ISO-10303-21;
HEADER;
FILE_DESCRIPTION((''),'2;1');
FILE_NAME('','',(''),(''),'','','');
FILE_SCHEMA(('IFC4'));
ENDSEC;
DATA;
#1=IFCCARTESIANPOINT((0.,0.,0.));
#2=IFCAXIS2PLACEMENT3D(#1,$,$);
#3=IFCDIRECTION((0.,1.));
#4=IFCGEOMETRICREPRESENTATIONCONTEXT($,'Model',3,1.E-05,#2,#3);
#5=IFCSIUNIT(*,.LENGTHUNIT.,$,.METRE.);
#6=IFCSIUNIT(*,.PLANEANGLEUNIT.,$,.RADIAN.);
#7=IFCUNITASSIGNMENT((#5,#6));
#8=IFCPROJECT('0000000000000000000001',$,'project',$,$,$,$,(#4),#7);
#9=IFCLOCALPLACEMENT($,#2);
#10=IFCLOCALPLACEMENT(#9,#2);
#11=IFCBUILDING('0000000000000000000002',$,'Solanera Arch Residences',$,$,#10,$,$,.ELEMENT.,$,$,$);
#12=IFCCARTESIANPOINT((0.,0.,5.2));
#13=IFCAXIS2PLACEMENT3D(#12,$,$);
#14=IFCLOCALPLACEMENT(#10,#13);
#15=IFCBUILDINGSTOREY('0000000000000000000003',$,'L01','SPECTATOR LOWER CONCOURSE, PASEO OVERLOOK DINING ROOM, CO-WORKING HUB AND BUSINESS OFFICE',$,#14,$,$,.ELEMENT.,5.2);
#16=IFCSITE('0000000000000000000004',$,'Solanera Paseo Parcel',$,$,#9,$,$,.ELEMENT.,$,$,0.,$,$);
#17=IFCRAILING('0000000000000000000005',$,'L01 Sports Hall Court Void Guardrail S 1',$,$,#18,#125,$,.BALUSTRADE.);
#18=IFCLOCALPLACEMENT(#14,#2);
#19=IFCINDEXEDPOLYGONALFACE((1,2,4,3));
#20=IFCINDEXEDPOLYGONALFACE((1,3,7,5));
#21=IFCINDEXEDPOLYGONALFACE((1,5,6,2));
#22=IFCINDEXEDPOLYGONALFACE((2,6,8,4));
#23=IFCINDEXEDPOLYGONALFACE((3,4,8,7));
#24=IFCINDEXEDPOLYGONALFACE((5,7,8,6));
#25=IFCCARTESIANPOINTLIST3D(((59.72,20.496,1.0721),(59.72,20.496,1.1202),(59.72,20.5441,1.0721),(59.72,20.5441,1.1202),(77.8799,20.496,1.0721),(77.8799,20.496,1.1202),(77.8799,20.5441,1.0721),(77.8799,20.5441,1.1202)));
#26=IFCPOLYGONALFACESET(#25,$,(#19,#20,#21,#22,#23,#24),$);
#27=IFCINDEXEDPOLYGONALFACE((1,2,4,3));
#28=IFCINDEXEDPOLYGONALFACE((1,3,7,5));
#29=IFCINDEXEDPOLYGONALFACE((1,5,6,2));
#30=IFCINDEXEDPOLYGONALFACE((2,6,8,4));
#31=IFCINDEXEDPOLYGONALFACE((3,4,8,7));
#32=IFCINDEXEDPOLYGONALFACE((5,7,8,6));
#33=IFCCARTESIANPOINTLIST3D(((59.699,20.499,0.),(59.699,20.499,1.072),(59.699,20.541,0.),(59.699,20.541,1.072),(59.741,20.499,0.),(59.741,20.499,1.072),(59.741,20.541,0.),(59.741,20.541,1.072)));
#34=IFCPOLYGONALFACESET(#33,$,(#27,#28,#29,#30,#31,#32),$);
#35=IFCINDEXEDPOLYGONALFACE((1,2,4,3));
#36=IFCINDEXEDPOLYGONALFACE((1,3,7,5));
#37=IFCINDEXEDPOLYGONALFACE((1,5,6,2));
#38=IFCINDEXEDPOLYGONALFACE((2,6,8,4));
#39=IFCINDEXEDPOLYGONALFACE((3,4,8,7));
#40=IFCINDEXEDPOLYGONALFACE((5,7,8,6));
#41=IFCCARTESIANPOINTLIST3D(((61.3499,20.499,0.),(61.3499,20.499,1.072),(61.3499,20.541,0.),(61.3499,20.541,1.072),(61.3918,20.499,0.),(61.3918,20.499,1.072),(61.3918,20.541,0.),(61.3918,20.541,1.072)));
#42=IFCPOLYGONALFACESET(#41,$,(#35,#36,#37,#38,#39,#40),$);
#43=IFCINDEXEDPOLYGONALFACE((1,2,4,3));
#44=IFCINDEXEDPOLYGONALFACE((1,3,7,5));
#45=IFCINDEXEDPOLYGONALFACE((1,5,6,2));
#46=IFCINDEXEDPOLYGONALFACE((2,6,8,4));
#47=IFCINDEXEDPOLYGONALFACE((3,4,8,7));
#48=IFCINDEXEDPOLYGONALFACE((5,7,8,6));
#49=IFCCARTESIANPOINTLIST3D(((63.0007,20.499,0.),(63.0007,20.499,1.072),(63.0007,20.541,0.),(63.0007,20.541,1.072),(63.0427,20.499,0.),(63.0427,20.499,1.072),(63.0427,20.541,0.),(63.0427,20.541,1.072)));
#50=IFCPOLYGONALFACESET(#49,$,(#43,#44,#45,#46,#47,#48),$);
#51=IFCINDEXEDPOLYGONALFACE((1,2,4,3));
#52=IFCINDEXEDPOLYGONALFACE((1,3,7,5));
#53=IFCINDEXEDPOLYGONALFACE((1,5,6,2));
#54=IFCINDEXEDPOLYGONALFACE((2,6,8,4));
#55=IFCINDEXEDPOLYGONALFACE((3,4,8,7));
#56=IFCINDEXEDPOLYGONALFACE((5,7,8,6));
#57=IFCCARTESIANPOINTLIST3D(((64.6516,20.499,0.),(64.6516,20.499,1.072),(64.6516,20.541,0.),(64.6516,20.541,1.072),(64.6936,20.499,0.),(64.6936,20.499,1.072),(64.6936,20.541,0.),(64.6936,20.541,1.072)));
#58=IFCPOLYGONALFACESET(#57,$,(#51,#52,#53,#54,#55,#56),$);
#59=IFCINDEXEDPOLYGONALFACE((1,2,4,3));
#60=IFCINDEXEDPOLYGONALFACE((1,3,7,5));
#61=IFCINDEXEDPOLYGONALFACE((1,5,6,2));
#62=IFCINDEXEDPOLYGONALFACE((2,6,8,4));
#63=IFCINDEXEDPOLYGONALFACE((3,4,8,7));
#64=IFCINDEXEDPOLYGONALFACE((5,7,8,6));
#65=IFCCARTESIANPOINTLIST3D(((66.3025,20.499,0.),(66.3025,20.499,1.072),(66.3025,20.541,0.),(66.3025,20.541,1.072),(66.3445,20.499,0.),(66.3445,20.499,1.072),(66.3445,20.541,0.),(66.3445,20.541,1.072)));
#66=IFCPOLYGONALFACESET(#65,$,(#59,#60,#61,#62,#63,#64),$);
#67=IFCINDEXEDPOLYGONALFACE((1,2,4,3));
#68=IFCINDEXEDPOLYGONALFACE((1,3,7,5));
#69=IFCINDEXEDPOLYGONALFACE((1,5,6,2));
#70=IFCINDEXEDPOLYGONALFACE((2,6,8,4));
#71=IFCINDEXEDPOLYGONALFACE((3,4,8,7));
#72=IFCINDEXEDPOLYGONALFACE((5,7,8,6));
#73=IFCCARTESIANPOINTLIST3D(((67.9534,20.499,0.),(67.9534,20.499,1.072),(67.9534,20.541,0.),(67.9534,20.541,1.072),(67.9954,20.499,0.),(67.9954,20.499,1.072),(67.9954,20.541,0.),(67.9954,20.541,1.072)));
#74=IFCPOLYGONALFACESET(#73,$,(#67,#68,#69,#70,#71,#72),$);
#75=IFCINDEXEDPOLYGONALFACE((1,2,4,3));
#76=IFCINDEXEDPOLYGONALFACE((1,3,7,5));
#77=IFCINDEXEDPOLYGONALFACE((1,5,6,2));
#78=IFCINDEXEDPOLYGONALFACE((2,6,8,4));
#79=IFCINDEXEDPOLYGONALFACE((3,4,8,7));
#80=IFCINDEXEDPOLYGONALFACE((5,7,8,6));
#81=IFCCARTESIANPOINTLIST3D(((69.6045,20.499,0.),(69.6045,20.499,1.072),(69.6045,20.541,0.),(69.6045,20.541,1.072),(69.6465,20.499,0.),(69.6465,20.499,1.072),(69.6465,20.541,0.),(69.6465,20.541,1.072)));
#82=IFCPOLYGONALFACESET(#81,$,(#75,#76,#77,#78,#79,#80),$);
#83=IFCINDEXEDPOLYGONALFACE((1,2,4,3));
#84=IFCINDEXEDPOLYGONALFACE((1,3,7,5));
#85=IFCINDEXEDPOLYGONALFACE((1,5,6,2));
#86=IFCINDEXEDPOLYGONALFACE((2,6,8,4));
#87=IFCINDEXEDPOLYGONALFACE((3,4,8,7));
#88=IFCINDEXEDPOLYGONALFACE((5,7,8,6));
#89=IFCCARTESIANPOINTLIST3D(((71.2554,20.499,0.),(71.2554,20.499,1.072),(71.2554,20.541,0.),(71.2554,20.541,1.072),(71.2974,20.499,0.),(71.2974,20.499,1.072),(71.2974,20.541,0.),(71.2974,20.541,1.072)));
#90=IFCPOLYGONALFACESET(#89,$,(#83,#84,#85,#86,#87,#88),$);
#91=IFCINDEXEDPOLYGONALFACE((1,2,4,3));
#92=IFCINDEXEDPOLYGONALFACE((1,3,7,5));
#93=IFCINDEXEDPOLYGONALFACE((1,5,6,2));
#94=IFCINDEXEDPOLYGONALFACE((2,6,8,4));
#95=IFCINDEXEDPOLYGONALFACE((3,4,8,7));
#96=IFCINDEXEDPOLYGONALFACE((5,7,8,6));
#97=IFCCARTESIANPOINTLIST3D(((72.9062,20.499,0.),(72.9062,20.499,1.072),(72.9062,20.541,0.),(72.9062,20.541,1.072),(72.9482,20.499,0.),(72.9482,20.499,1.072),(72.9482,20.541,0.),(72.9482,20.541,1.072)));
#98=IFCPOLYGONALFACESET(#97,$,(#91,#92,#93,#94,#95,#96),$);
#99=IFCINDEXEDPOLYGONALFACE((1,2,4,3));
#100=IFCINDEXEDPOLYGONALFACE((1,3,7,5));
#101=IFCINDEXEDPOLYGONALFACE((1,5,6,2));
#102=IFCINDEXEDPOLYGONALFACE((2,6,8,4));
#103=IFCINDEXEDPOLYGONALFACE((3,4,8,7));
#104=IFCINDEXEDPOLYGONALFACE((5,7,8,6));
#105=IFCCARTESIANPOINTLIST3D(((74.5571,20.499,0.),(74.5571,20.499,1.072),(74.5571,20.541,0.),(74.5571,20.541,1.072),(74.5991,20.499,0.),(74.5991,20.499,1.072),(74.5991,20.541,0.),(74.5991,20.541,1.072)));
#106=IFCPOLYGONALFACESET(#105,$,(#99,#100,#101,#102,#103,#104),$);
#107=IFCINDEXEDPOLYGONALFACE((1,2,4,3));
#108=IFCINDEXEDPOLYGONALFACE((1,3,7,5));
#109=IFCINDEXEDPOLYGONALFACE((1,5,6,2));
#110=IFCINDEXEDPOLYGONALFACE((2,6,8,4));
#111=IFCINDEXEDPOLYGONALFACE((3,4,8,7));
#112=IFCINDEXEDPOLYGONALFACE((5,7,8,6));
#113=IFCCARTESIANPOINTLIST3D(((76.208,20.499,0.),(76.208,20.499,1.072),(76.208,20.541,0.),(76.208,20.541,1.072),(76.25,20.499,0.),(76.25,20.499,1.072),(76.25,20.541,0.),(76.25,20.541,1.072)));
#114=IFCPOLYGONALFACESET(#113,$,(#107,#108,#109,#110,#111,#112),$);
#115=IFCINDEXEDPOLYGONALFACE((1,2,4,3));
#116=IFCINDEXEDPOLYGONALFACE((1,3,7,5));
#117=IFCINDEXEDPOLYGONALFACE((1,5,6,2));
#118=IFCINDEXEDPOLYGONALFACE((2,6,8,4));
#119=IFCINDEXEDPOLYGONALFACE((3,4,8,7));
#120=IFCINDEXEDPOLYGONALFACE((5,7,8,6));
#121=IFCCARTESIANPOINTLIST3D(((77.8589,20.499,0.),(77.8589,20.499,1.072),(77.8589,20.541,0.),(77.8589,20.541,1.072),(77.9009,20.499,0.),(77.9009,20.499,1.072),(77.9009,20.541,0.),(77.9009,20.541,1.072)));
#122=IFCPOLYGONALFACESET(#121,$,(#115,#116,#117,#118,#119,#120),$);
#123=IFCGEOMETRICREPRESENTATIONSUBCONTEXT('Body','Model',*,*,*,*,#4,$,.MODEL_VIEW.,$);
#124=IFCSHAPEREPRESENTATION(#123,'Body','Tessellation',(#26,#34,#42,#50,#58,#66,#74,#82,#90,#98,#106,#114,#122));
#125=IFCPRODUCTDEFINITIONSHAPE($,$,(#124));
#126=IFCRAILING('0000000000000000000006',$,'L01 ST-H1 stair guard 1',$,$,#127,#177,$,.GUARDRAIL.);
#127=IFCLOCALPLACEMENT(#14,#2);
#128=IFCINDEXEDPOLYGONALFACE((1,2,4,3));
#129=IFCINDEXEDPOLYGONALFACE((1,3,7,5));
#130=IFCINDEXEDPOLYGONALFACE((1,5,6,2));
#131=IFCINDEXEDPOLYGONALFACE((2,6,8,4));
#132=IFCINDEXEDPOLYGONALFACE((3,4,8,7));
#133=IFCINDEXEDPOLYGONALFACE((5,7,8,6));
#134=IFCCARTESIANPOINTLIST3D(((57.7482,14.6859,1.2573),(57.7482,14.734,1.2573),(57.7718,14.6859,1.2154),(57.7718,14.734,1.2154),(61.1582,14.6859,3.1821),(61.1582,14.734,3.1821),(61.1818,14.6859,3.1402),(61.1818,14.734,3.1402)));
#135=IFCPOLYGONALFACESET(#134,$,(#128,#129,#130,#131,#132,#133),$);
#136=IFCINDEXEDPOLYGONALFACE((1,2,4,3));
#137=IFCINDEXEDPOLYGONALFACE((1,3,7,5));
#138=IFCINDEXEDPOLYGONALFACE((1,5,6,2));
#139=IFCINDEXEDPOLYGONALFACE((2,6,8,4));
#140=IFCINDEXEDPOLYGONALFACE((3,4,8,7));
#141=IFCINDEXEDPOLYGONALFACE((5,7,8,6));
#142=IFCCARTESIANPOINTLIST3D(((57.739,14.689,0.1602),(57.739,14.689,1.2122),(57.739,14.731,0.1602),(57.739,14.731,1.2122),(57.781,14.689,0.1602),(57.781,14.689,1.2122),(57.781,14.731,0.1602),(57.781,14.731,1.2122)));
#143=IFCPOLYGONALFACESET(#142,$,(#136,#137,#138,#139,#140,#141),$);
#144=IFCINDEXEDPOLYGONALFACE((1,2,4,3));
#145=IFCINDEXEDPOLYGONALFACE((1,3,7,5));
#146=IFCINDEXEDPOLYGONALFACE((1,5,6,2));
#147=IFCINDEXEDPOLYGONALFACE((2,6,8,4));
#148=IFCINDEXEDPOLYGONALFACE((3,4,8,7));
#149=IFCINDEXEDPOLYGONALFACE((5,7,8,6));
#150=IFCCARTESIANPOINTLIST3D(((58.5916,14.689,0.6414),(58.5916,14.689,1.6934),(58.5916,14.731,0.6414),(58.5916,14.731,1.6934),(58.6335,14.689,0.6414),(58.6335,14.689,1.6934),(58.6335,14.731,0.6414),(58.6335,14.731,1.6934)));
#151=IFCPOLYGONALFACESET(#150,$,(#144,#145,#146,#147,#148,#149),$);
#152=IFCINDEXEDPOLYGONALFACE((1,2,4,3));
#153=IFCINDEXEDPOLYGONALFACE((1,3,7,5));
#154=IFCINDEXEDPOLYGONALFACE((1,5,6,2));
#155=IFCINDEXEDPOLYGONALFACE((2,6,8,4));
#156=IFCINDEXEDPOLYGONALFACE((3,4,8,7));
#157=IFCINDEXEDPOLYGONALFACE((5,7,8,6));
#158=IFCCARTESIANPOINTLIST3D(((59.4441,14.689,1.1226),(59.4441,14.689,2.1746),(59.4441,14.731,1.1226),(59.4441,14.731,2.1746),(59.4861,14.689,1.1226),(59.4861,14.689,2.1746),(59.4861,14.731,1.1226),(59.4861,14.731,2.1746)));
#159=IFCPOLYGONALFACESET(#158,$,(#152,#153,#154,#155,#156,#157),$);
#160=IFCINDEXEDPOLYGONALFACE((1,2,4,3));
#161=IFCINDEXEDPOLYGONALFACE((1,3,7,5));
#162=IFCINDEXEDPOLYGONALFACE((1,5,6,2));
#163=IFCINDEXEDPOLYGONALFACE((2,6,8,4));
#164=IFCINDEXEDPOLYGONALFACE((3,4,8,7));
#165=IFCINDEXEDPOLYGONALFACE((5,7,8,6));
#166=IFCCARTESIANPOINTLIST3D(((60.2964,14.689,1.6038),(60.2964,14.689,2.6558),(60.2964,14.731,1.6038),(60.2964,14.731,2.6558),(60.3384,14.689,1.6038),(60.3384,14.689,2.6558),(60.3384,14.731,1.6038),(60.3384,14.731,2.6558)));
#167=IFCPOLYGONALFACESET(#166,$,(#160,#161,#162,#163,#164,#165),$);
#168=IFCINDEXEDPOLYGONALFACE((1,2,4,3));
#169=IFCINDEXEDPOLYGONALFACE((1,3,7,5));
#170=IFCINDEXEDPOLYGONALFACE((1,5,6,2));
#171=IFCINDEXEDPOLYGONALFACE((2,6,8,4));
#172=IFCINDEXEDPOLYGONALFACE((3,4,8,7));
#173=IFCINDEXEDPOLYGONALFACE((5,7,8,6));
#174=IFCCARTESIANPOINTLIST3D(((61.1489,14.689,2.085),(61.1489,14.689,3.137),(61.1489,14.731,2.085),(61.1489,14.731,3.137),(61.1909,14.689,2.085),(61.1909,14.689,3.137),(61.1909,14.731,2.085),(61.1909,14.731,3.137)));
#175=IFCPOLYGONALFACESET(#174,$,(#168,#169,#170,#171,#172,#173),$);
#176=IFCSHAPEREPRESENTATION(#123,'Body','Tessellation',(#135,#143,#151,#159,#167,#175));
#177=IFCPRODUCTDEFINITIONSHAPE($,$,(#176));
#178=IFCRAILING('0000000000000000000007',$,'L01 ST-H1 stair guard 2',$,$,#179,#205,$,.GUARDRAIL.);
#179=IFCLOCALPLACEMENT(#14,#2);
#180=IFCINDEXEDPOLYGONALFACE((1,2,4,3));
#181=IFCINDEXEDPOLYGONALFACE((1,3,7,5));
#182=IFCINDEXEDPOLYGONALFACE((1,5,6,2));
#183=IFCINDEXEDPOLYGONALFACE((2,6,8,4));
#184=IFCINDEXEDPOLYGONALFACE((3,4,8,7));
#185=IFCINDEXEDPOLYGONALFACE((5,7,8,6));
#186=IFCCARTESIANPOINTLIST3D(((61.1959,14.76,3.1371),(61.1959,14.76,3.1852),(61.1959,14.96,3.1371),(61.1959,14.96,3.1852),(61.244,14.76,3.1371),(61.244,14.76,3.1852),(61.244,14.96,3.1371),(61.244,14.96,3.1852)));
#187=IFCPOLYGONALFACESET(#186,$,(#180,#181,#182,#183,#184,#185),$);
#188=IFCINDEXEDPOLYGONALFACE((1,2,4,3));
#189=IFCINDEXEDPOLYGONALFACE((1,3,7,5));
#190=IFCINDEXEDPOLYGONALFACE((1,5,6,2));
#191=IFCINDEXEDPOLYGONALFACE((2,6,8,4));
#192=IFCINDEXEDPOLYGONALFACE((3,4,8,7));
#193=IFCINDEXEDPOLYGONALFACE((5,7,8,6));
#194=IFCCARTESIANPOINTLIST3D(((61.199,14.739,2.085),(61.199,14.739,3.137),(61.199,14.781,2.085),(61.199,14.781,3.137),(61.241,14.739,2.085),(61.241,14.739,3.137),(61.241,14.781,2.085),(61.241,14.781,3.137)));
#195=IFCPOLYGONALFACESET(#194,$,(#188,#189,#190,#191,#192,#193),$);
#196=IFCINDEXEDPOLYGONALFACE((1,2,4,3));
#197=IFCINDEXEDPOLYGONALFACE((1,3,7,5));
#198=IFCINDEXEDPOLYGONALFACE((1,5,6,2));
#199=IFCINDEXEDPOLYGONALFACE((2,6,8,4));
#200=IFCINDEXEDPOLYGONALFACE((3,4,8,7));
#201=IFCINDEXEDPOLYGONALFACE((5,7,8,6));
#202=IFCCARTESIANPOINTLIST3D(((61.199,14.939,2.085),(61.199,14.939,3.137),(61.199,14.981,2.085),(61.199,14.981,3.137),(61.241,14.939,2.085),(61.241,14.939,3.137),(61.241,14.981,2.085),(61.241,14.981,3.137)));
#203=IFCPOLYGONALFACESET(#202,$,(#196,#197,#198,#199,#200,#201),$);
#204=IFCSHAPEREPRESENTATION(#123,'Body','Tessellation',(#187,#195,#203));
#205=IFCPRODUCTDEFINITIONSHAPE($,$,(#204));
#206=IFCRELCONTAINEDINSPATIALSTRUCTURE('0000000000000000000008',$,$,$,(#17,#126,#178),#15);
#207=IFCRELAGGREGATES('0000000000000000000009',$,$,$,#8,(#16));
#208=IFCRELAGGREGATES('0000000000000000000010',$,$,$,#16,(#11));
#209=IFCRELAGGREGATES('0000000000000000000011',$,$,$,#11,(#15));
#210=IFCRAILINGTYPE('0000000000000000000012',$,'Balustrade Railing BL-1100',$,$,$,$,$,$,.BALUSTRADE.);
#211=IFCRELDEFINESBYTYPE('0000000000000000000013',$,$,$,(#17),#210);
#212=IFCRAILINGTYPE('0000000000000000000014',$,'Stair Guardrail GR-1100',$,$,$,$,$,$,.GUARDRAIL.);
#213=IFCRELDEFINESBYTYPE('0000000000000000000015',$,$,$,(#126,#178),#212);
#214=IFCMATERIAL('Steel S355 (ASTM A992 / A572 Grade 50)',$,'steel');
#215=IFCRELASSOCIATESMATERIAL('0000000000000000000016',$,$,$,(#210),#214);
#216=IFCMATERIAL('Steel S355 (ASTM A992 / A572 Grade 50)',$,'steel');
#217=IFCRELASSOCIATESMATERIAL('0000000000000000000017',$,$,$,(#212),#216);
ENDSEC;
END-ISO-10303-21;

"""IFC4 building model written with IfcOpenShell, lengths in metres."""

from ifc_helpers import new_model, si_unit, direction, frame, origin, origin_2d, place, context, subcontext, project, spatial, rectangle, extrude, material, type_object, element, save


model = new_model("IFC4")

# Units and contexts
model_context = context("Model", 3, precision=1e-05, world=origin(), true_north=direction((0.0, 1.0)))
body_context = subcontext(model_context, "Body", "Model", "MODEL_VIEW")
ifc_project = project(units=[si_unit("LENGTHUNIT", "METRE"), si_unit("PLANEANGLEUNIT", "RADIAN")], contexts=[model_context])

# Site, building, storey
site_placement = place(None, origin())
site = spatial("IfcSite", under=ifc_project, at=site_placement, Name="Solanera Paseo Parcel", CompositionType="ELEMENT", RefElevation=0.0)
building_placement = place(site_placement, origin())
building = spatial("IfcBuilding", under=site, at=building_placement, Name="Solanera Arch Residences", CompositionType="ELEMENT")
storey_placement = place(building_placement, frame((0.0, 0.0, 5.2)))
storey = spatial("IfcBuildingStorey", under=building, at=storey_placement, Name="L01", Description="SPECTATOR LOWER CONCOURSE, PASEO OVERLOOK DINING ROOM, CO-WORKING HUB AND BUSINESS OFFICE", CompositionType="ELEMENT", Elevation=5.2)

# Railings
ifc_material_1 = material(Name="Steel S355 (ASTM A992 / A572 Grade 50)", Category="steel")
railing_type_1 = type_object("IfcRailingType", Name="Balustrade Railing BL-1100", PredefinedType="BALUSTRADE", material=ifc_material_1)
railing_1_placement = place(storey_placement, frame((59.72, 20.52, 0.0)))
element("IfcRailing", 1, at=railing_1_placement, inside=storey, type_object=railing_type_1, Name="L01 Sports Hall Court Void Guardrail S 1", PredefinedType="BALUSTRADE", context=body_context, shape_type="SweptSolid", body=[
    extrude(rectangle(XDim=0.0481, YDim=0.0481, at=origin_2d()), frame((0.0, 0.0, 1.0962), z_axis=(1.0, 0.0, 0.0), x_axis=(0.0, 1.0, 0.0)), (0.0, 0.0, 1.0), 18.1599),
    extrude(rectangle(XDim=0.042, YDim=0.042, at=origin_2d()), origin(), (0.0, 0.0, 1.0), 1.072),
    extrude(rectangle(XDim=0.042, YDim=0.042, at=origin_2d()), frame((1.6509, 0.0, 0.0)), (0.0, 0.0, 1.0), 1.072),
    extrude(rectangle(XDim=0.042, YDim=0.042, at=origin_2d()), frame((3.3018, 0.0, 0.0)), (0.0, 0.0, 1.0), 1.072),
    extrude(rectangle(XDim=0.042, YDim=0.042, at=origin_2d()), frame((4.9526, 0.0, 0.0)), (0.0, 0.0, 1.0), 1.072),
    extrude(rectangle(XDim=0.042, YDim=0.042, at=origin_2d()), frame((6.6035, 0.0, 0.0)), (0.0, 0.0, 1.0), 1.072),
    extrude(rectangle(XDim=0.042, YDim=0.042, at=origin_2d()), frame((8.2544, 0.0, 0.0)), (0.0, 0.0, 1.0), 1.072),
    extrude(rectangle(XDim=0.042, YDim=0.042, at=origin_2d()), frame((9.9055, 0.0, 0.0)), (0.0, 0.0, 1.0), 1.072),
    extrude(rectangle(XDim=0.042, YDim=0.042, at=origin_2d()), frame((11.5564, 0.0, 0.0)), (0.0, 0.0, 1.0), 1.072),
    extrude(rectangle(XDim=0.042, YDim=0.042, at=origin_2d()), frame((13.2073, 0.0, 0.0)), (0.0, 0.0, 1.0), 1.072),
    extrude(rectangle(XDim=0.042, YDim=0.042, at=origin_2d()), frame((14.8582, 0.0, 0.0)), (0.0, 0.0, 1.0), 1.072),
    extrude(rectangle(XDim=0.042, YDim=0.042, at=origin_2d()), frame((16.509, 0.0, 0.0)), (0.0, 0.0, 1.0), 1.072),
    extrude(rectangle(XDim=0.042, YDim=0.042, at=origin_2d()), frame((18.1599, 0.0, 0.0)), (0.0, 0.0, 1.0), 1.072),
])
ifc_material_2 = material(Name="Steel S355 (ASTM A992 / A572 Grade 50)", Category="steel")
railing_type_2 = type_object("IfcRailingType", Name="Stair Guardrail GR-1100", PredefinedType="GUARDRAIL", material=ifc_material_2)
railing_2_placement = place(storey_placement, frame((57.76, 14.71, 0.1602)))
element("IfcRailing", 2, at=railing_2_placement, inside=storey, type_object=railing_type_2, Name="L01 ST-H1 stair guard 1", PredefinedType="GUARDRAIL", context=body_context, shape_type="SweptSolid", body=[
    extrude(rectangle(XDim=0.0481, YDim=0.0481, at=origin_2d()), frame((0.0, 0.0, 1.0762), z_axis=(0.87084, 0.0, 0.491566), x_axis=(0.0, 1.0, 0.0)), (0.0, 0.0, 1.0), 3.9158),
    extrude(rectangle(XDim=0.042, YDim=0.042, at=origin_2d()), origin(), (0.0, 0.0, 1.0), 1.052),
    extrude(rectangle(XDim=0.042, YDim=0.042, at=origin_2d()), frame((0.8525, 0.0, 0.4812)), (0.0, 0.0, 1.0), 1.052),
    extrude(rectangle(XDim=0.042, YDim=0.042, at=origin_2d()), frame((1.7051, 0.0, 0.9624)), (0.0, 0.0, 1.0), 1.052),
    extrude(rectangle(XDim=0.042, YDim=0.042, at=origin_2d()), frame((2.5574, 0.0, 1.4436)), (0.0, 0.0, 1.0), 1.052),
    extrude(rectangle(XDim=0.042, YDim=0.042, at=origin_2d()), frame((3.4099, 0.0, 1.9248)), (0.0, 0.0, 1.0), 1.052),
])
railing_3_placement = place(storey_placement, frame((61.22, 14.76, 2.085)))
element("IfcRailing", 3, at=railing_3_placement, inside=storey, type_object=railing_type_2, Name="L01 ST-H1 stair guard 2", PredefinedType="GUARDRAIL", context=body_context, shape_type="SweptSolid", body=[
    extrude(rectangle(XDim=0.0481, YDim=0.0481, at=origin_2d()), frame((0.0, 0.0, 1.0762), z_axis=(0.0, 1.0, 0.0), x_axis=(-1.0, 0.0, 0.0)), (0.0, 0.0, 1.0), 0.2),
    extrude(rectangle(XDim=0.042, YDim=0.042, at=origin_2d()), origin(), (0.0, 0.0, 1.0), 1.052),
    extrude(rectangle(XDim=0.042, YDim=0.042, at=origin_2d()), frame((0.0, 0.2, 0.0)), (0.0, 0.0, 1.0), 1.052),
])

save(model, "model.ifc")
